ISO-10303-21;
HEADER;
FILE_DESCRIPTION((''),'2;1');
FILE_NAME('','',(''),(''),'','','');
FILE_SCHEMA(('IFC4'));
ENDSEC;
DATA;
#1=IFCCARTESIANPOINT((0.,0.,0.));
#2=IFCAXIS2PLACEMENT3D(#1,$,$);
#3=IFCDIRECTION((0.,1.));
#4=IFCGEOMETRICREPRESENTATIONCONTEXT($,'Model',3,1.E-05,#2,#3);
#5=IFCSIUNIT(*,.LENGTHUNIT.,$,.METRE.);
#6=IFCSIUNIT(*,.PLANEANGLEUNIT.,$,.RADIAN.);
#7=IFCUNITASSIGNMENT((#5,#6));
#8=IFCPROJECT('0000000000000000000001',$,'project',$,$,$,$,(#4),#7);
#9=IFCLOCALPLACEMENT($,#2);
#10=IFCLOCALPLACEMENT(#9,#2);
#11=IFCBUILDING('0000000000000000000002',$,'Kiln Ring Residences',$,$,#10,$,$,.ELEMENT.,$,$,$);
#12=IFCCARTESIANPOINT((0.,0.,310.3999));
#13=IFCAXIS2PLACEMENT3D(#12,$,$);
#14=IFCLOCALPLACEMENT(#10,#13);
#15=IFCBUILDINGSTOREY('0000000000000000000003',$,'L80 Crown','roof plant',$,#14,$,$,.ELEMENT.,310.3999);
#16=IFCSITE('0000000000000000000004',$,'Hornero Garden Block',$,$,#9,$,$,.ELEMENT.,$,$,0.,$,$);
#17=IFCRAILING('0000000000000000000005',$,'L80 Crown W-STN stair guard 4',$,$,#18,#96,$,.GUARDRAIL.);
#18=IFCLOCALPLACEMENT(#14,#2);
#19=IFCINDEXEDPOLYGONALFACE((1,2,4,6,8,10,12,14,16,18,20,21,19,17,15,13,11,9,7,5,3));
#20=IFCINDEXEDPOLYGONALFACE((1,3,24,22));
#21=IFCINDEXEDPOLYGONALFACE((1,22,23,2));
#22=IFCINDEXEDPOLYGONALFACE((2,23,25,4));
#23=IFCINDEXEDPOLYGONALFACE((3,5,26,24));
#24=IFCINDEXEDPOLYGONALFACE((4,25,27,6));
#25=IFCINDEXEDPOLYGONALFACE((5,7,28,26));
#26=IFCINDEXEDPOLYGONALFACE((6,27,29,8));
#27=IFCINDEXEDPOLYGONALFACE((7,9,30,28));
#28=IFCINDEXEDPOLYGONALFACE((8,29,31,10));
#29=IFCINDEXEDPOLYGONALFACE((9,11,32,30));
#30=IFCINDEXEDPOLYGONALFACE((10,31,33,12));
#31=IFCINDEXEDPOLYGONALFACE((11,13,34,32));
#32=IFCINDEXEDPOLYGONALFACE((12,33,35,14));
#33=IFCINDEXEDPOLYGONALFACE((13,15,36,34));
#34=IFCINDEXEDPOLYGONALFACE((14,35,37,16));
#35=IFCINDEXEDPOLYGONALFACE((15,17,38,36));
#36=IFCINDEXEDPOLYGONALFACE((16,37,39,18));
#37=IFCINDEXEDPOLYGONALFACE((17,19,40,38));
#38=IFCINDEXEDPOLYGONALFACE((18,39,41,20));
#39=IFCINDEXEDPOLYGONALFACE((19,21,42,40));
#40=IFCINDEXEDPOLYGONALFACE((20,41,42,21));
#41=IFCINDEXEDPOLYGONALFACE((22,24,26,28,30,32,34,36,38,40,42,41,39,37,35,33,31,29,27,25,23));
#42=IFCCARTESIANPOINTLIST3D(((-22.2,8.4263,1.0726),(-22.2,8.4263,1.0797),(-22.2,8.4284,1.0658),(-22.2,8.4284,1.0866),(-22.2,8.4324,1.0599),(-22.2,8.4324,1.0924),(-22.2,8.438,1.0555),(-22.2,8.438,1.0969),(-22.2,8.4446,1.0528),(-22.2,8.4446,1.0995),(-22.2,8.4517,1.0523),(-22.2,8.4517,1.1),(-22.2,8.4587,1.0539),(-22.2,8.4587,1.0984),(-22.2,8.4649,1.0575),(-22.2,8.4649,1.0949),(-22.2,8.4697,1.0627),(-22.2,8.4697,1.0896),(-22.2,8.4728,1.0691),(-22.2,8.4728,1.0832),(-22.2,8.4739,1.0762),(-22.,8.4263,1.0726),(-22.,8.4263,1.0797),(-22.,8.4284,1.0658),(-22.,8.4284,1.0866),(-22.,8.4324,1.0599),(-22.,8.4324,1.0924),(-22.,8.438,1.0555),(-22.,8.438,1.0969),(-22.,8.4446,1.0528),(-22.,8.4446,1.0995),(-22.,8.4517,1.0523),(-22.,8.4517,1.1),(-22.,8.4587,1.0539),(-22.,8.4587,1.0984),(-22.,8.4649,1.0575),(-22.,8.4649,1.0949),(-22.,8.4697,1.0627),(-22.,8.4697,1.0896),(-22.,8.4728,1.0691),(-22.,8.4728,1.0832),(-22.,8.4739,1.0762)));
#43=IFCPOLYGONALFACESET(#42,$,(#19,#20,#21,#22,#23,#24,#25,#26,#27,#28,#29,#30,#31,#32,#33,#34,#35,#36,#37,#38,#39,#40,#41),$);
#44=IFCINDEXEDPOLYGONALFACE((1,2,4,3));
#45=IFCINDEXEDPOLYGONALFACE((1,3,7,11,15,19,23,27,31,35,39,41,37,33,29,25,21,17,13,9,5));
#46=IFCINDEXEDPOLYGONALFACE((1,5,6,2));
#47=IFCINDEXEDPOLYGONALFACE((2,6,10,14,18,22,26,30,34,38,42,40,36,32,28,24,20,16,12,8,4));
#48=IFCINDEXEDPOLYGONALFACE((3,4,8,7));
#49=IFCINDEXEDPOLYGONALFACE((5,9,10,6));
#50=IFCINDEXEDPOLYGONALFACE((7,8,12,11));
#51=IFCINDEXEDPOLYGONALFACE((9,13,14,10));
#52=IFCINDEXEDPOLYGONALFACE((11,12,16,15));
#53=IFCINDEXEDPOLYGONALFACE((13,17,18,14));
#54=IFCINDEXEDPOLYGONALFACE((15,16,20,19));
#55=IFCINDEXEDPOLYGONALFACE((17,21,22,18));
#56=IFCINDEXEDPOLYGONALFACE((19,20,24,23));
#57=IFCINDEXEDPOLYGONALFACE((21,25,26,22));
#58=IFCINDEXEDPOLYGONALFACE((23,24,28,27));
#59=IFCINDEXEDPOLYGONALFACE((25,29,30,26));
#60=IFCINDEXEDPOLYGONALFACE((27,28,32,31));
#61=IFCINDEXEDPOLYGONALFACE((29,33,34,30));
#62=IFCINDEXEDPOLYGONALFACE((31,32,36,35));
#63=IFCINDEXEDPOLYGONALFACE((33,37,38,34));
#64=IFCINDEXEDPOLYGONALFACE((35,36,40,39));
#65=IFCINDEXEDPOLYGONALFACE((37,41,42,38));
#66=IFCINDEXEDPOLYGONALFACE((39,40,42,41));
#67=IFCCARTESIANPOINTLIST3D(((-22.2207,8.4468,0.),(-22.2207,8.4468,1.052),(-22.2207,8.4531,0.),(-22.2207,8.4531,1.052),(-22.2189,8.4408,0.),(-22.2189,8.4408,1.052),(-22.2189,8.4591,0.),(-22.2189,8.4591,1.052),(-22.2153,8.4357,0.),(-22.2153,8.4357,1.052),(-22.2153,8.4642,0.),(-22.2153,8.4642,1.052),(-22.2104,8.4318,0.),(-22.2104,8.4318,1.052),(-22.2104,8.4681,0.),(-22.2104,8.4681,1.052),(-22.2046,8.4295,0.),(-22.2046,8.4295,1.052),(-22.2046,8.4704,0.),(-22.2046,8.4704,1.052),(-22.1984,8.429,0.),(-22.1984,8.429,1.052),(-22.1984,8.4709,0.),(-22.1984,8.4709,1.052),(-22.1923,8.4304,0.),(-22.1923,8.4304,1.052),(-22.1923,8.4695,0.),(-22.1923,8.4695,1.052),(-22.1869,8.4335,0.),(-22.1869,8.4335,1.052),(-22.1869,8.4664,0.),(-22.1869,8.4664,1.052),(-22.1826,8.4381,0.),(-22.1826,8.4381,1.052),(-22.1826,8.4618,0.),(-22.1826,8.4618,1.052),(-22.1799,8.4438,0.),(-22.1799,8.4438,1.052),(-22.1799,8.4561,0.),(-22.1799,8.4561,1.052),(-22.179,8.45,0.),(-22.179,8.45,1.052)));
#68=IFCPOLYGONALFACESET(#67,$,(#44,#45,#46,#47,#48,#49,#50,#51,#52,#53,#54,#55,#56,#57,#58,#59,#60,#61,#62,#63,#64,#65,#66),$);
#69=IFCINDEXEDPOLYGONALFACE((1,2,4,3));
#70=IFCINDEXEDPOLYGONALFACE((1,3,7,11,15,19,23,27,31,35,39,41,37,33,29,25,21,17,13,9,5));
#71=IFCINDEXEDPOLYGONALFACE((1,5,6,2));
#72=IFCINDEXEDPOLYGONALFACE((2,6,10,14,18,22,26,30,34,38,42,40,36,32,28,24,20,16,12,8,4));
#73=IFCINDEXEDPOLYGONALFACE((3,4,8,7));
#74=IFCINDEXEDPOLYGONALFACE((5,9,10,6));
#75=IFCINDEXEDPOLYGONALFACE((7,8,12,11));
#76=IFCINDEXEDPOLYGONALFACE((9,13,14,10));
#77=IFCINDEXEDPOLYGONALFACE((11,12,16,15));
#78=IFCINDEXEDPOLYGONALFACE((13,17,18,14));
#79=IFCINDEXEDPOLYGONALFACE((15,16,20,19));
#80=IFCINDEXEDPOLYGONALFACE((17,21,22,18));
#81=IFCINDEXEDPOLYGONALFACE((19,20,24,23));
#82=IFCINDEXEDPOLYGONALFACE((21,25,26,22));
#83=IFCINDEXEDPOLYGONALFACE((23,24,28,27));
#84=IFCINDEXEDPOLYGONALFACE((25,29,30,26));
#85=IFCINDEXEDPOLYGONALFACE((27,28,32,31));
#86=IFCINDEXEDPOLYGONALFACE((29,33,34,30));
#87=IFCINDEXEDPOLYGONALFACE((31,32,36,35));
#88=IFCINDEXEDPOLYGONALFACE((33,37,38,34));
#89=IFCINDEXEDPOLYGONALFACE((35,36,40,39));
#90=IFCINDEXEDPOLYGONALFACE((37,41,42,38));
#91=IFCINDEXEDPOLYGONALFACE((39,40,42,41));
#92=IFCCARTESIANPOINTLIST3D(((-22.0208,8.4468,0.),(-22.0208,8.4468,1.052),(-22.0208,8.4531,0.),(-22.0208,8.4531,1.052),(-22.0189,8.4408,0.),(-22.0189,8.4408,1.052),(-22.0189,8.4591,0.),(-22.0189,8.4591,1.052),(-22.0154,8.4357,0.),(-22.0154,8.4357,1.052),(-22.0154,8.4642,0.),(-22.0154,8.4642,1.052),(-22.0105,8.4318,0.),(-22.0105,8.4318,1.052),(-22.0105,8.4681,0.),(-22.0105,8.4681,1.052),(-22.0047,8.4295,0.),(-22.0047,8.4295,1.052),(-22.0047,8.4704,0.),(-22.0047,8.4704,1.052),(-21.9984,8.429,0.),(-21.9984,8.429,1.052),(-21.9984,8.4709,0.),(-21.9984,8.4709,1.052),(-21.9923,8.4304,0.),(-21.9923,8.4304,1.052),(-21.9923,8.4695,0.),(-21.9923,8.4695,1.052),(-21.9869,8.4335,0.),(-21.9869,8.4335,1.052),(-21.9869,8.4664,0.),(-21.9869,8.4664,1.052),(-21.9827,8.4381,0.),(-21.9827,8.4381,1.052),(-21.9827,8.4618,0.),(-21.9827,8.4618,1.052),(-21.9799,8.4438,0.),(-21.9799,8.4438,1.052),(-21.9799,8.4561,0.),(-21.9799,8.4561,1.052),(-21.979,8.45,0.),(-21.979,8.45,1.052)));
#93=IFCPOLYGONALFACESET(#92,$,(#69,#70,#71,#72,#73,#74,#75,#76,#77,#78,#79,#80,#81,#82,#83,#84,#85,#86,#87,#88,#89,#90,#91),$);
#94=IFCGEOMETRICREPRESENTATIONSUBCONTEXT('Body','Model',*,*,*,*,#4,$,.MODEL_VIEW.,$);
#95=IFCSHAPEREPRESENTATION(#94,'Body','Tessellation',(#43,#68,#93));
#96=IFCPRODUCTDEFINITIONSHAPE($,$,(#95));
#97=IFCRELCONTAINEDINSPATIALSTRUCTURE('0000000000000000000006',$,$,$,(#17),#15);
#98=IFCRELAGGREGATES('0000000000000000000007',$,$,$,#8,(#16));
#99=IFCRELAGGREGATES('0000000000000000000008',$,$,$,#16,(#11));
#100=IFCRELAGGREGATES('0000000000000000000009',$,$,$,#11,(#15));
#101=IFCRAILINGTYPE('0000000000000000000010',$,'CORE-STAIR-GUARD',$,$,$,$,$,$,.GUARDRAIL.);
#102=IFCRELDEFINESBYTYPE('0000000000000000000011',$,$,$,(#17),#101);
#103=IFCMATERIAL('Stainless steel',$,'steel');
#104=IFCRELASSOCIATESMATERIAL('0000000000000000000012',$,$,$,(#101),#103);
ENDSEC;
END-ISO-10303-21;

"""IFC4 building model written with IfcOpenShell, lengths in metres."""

from ifc_helpers import new_model, si_unit, direction, frame, origin, origin_2d, place, context, subcontext, project, spatial, circle, extrude, material, type_object, element, save


model = new_model("IFC4")

# Units and contexts
model_context = context("Model", 3, precision=1e-05, world=origin(), true_north=direction((0.0, 1.0)))
body_context = subcontext(model_context, "Body", "Model", "MODEL_VIEW")
ifc_project = project(units=[si_unit("LENGTHUNIT", "METRE"), si_unit("PLANEANGLEUNIT", "RADIAN")], contexts=[model_context])

# Site, building, storey
site_placement = place(None, origin())
site = spatial("IfcSite", under=ifc_project, at=site_placement, Name="Hornero Garden Block", CompositionType="ELEMENT", RefElevation=0.0)
building_placement = place(site_placement, origin())
building = spatial("IfcBuilding", under=site, at=building_placement, Name="Kiln Ring Residences", CompositionType="ELEMENT")
storey_placement = place(building_placement, frame((0.0, 0.0, 310.3999)))
storey = spatial("IfcBuildingStorey", under=building, at=storey_placement, Name="L80 Crown", Description="roof plant", CompositionType="ELEMENT", Elevation=310.3999)

# Railing
ifc_material_1 = material(Name="Stainless steel", Category="steel")
railing_type_1 = type_object("IfcRailingType", Name="CORE-STAIR-GUARD", PredefinedType="GUARDRAIL", material=ifc_material_1)
railing_1_placement = place(storey_placement, frame((-22.2, 8.45, 0.0)))
element("IfcRailing", 1, at=railing_1_placement, inside=storey, type_object=railing_type_1, Name="L80 Crown W-STN stair guard 4", PredefinedType="GUARDRAIL", context=body_context, shape_type="SweptSolid", body=[
    extrude(circle(Radius=0.0239, at=origin_2d()), frame((0.0, 0.0, 1.0762), z_axis=(1.0, 0.0, 0.0), x_axis=(0.0, 1.0, 0.0)), (0.0, 0.0, 1.0), 0.2),
    extrude(circle(Radius=0.021, at=origin_2d()), origin(), (0.0, 0.0, 1.0), 1.052),
    extrude(circle(Radius=0.021, at=origin_2d()), frame((0.2, 0.0, 0.0)), (0.0, 0.0, 1.0), 1.052),
])

save(model, "model.ifc")
